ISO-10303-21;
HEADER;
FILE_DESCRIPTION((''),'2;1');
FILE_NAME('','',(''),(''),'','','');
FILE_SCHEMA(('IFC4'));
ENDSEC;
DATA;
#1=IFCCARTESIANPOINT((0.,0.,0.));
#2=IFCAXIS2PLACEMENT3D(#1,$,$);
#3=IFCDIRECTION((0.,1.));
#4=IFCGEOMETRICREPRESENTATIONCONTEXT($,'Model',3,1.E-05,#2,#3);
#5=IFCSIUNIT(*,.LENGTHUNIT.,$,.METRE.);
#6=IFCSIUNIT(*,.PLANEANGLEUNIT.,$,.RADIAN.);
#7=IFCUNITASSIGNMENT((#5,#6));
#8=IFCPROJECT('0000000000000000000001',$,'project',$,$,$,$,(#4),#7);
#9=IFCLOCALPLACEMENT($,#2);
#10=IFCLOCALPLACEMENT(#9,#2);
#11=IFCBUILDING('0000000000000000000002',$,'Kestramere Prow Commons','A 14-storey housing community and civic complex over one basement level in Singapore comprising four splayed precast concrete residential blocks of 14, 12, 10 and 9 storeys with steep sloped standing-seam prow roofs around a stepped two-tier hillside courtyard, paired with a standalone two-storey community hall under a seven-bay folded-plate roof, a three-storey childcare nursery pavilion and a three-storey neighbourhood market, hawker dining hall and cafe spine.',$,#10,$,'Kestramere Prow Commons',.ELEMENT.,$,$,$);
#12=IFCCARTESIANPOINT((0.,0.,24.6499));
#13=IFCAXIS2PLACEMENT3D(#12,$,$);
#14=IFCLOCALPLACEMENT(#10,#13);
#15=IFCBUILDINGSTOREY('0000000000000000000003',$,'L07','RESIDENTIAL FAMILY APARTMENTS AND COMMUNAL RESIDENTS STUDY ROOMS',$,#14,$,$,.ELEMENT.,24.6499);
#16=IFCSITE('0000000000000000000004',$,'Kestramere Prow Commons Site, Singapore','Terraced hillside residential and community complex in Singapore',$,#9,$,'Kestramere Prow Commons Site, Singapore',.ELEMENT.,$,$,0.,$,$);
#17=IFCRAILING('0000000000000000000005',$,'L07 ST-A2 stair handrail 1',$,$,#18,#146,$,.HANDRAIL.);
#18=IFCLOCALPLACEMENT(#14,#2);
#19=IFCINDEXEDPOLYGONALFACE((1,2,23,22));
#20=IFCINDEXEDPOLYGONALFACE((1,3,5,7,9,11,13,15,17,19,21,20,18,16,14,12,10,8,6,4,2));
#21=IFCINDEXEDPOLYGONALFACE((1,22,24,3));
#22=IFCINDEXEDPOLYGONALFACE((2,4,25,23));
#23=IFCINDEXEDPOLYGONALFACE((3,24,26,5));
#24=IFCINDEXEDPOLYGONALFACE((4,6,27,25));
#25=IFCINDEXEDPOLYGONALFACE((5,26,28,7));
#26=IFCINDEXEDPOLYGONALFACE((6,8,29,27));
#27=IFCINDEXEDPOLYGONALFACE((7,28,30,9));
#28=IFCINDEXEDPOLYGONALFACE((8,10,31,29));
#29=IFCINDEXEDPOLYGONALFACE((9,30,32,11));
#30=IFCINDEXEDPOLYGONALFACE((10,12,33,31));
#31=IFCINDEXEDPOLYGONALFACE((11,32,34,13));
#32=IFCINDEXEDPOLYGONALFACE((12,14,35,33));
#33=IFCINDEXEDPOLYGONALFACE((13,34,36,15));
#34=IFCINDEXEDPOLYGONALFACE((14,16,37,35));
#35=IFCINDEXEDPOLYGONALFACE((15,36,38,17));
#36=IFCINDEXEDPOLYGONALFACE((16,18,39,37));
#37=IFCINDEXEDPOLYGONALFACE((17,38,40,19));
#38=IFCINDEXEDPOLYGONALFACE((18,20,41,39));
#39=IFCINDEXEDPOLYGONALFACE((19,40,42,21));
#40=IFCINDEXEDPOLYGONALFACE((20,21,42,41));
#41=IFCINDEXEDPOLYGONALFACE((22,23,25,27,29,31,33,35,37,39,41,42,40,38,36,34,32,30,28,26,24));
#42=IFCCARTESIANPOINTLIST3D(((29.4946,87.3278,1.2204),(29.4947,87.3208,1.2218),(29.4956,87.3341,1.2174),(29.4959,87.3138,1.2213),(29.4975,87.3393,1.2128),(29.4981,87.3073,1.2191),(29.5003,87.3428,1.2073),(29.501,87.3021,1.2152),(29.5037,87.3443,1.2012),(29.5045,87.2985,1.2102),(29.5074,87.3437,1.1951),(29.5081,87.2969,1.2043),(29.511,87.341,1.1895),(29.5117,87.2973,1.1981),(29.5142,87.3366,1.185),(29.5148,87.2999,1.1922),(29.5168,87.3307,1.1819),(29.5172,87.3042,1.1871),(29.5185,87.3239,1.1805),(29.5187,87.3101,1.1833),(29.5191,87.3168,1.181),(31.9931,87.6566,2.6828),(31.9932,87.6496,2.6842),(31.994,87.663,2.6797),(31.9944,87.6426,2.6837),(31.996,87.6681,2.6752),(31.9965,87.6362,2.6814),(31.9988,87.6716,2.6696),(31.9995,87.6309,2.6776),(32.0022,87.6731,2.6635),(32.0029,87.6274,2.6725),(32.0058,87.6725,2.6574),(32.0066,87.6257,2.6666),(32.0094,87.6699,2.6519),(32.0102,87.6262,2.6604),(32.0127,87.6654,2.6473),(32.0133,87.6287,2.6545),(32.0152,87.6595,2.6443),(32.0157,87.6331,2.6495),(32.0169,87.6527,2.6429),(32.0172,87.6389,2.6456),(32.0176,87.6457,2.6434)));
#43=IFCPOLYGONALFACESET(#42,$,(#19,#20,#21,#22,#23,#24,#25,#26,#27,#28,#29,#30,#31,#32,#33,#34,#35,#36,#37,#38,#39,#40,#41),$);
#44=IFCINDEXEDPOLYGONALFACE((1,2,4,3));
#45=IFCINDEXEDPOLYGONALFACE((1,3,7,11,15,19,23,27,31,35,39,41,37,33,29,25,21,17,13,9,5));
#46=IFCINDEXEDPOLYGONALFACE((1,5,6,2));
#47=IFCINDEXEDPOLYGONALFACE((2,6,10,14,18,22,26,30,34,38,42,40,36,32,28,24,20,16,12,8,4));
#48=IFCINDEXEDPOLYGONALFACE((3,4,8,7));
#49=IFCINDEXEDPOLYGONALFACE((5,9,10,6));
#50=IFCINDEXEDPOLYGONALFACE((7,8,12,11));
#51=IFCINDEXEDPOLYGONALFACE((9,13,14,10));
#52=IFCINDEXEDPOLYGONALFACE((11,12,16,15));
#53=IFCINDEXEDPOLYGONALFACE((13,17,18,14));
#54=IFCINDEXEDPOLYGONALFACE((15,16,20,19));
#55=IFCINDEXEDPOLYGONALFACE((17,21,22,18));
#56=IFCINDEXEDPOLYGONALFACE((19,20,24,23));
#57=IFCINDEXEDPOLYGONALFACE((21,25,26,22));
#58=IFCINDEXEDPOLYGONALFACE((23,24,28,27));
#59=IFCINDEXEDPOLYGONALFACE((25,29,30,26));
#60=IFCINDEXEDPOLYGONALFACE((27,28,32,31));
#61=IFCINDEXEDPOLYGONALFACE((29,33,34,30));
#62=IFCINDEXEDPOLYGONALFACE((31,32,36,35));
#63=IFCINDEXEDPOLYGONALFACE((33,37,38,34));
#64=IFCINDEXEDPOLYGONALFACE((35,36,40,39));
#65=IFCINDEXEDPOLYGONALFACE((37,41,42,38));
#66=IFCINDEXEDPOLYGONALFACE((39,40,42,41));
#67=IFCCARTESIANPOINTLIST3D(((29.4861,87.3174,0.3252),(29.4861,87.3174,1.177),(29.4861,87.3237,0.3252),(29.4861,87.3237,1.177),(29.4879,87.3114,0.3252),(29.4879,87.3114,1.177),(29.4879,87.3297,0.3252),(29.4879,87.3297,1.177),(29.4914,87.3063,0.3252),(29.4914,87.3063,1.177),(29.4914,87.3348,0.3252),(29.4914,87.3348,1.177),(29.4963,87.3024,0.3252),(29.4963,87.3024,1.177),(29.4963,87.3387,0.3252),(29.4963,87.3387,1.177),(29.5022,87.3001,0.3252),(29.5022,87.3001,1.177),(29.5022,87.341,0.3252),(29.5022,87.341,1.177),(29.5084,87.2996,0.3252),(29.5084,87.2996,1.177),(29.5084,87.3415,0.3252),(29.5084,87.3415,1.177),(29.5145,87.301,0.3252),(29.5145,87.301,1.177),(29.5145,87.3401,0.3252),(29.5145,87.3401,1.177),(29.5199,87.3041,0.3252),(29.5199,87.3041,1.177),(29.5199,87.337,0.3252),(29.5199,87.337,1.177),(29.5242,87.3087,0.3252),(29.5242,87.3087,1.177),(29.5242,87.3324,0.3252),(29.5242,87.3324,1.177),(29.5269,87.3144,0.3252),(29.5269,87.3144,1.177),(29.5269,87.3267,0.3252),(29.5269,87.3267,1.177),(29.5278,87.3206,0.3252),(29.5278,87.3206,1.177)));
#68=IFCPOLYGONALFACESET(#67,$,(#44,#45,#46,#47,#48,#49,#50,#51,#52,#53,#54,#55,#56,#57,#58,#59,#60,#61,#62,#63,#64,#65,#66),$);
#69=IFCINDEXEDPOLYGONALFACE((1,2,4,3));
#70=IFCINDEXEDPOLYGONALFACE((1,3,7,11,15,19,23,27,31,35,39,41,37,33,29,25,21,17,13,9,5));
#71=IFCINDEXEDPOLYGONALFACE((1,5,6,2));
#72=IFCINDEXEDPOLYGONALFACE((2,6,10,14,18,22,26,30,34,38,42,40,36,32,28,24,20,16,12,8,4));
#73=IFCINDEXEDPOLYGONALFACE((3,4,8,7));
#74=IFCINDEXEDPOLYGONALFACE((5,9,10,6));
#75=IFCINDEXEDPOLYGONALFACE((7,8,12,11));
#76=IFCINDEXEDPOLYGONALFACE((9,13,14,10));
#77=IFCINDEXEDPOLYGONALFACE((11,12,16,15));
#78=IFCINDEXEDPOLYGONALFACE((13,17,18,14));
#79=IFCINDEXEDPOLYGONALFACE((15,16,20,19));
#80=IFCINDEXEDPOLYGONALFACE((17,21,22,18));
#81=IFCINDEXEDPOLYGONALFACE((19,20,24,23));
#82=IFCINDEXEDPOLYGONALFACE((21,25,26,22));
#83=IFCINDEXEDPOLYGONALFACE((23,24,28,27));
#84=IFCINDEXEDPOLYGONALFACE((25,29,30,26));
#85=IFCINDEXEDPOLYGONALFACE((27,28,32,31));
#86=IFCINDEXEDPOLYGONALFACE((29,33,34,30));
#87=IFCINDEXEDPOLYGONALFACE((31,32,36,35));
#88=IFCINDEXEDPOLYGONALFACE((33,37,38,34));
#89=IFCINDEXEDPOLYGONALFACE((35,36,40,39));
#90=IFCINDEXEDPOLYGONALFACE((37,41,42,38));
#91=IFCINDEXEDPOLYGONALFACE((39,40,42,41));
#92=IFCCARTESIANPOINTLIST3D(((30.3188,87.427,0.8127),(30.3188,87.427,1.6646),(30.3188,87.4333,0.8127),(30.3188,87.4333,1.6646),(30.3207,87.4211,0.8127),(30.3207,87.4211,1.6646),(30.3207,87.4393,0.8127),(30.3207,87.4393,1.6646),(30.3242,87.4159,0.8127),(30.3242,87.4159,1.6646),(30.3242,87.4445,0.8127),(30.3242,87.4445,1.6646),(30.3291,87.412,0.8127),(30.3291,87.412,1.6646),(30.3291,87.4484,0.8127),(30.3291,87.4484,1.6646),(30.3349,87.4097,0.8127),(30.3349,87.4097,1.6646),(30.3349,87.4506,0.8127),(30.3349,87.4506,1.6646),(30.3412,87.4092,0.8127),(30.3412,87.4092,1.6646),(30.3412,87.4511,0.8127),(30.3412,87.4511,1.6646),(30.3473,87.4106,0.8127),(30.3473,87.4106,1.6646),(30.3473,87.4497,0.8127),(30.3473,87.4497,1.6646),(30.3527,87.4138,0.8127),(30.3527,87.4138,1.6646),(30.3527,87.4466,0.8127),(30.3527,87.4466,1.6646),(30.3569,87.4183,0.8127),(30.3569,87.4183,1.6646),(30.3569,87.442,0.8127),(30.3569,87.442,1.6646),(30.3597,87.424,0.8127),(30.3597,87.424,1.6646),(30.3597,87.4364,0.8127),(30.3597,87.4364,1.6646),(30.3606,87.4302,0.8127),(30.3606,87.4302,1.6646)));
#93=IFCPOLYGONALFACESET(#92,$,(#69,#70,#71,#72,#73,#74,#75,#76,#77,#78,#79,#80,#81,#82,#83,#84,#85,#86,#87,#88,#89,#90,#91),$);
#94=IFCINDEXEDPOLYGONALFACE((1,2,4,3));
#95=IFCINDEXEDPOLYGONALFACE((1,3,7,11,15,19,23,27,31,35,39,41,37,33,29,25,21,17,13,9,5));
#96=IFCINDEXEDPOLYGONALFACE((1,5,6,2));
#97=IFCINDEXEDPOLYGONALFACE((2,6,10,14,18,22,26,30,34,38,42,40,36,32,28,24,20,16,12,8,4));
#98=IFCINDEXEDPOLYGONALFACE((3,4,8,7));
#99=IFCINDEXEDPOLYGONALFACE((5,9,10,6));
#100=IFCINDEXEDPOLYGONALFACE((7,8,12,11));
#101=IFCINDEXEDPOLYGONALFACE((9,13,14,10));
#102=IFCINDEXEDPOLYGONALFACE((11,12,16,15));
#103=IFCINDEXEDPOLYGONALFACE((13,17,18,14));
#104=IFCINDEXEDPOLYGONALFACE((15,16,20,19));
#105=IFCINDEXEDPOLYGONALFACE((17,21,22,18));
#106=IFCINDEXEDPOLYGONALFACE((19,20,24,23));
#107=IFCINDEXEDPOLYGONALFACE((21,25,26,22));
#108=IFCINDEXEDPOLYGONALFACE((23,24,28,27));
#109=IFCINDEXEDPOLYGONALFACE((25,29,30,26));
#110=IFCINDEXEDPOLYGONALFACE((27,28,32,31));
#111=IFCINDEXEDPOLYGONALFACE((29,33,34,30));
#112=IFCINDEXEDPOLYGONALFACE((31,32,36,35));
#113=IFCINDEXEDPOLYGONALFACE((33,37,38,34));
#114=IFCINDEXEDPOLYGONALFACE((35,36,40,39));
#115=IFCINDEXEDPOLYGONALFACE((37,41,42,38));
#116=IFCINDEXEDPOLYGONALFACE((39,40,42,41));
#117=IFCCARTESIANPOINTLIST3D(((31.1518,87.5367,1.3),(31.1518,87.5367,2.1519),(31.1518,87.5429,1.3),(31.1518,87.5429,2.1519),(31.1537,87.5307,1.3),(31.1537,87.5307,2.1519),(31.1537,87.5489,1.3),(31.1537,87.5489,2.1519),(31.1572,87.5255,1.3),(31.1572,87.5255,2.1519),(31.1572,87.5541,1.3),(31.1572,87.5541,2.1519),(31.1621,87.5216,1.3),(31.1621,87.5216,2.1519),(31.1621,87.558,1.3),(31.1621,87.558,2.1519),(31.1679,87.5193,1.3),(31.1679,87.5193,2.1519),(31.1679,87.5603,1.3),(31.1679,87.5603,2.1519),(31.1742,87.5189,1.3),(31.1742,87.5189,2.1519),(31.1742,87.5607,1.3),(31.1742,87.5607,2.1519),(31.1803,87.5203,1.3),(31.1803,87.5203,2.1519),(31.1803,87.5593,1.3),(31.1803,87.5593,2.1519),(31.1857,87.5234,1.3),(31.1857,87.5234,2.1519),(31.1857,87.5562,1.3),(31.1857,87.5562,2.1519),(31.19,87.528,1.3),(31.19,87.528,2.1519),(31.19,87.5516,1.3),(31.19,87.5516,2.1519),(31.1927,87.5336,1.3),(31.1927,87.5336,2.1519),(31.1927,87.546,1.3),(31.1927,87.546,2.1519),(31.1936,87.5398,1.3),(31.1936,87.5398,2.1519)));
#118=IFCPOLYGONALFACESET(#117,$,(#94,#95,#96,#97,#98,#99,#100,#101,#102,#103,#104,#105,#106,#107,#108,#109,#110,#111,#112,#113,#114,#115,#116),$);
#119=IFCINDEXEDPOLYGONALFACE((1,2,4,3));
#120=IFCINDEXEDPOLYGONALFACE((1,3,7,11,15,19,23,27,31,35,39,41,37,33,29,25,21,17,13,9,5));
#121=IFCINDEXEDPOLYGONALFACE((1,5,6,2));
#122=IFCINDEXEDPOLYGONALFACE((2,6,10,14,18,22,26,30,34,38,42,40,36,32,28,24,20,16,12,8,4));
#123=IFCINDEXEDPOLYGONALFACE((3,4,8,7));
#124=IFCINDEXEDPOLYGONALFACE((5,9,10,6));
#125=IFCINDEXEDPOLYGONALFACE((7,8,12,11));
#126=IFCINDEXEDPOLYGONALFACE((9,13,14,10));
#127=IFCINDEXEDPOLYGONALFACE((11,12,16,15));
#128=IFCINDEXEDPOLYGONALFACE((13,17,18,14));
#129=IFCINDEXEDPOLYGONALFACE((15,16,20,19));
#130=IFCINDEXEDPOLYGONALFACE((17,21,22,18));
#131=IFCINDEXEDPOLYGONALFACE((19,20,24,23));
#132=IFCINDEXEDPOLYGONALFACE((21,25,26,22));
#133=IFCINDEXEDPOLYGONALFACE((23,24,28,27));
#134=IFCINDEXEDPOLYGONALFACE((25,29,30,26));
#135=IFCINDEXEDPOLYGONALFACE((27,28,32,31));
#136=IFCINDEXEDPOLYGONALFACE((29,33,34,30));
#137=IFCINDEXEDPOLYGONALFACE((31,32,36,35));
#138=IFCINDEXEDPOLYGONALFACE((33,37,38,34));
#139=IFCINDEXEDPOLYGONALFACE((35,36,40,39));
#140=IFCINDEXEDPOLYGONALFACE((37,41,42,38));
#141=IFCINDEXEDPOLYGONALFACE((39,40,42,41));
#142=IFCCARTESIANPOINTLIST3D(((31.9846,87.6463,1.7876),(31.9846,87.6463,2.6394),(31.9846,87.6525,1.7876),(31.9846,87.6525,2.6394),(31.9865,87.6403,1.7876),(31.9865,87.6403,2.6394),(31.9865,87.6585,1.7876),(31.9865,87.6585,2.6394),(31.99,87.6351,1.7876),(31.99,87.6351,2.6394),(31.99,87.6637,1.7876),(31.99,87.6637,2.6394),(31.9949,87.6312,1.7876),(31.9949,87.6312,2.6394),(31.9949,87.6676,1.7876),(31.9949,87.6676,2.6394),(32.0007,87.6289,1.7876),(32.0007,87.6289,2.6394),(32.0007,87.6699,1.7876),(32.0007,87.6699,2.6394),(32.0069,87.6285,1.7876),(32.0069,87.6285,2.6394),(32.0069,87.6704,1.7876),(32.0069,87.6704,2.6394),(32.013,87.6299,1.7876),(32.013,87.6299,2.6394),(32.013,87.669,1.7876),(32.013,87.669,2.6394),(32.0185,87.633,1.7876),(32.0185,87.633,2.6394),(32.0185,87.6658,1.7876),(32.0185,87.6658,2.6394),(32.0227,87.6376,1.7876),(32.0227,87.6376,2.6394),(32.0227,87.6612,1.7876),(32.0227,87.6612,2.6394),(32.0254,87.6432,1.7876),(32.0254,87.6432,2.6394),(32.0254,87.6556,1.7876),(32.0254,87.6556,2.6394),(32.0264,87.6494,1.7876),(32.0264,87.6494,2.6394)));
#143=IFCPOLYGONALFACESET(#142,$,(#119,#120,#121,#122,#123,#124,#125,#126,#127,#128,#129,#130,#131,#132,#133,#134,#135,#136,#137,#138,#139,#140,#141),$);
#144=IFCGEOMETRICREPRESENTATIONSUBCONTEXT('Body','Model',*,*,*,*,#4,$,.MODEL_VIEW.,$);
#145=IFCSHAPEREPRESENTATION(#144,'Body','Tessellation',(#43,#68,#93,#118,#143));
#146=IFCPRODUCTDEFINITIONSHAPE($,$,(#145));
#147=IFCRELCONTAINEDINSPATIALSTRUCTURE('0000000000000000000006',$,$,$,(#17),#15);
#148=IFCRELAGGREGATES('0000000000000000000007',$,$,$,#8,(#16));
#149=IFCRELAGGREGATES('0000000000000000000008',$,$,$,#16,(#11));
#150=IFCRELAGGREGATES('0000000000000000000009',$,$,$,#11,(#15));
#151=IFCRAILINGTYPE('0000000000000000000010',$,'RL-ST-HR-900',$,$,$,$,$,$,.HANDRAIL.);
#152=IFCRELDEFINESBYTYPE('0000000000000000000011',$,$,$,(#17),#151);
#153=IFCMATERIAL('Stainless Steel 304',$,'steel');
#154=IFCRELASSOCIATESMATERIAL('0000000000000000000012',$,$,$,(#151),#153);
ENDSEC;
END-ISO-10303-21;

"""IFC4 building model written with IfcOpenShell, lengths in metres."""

from ifc_helpers import new_model, si_unit, direction, frame, origin, origin_2d, place, context, subcontext, project, spatial, circle, extrude, material, type_object, element, save


model = new_model("IFC4")

# Units and contexts
model_context = context("Model", 3, precision=1e-05, world=origin(), true_north=direction((0.0, 1.0)))
body_context = subcontext(model_context, "Body", "Model", "MODEL_VIEW")
ifc_project = project(units=[si_unit("LENGTHUNIT", "METRE"), si_unit("PLANEANGLEUNIT", "RADIAN")], contexts=[model_context])

# Site, building, storey
site_placement = place(None, origin())
site = spatial("IfcSite", under=ifc_project, at=site_placement, Name="Kestramere Prow Commons Site, Singapore", Description="Terraced hillside residential and community complex in Singapore", LongName="Kestramere Prow Commons Site, Singapore", CompositionType="ELEMENT", RefElevation=0.0)
building_placement = place(site_placement, origin())
building = spatial("IfcBuilding", under=site, at=building_placement, Name="Kestramere Prow Commons", Description="A 14-storey housing community and civic complex over one basement level in Singapore comprising four splayed precast concrete residential blocks of 14, 12, 10 and 9 storeys with steep sloped standing-seam prow roofs around a stepped two-tier hillside courtyard, paired with a standalone two-storey community hall under a seven-bay folded-plate roof, a three-storey childcare nursery pavilion and a three-storey neighbourhood market, hawker dining hall and cafe spine.", LongName="Kestramere Prow Commons", CompositionType="ELEMENT")
storey_placement = place(building_placement, frame((0.0, 0.0, 24.6499)))
storey = spatial("IfcBuildingStorey", under=building, at=storey_placement, Name="L07", Description="RESIDENTIAL FAMILY APARTMENTS AND COMMUNAL RESIDENTS STUDY ROOMS", CompositionType="ELEMENT", Elevation=24.6499)

# Railing
ifc_material_1 = material(Name="Stainless Steel 304", Category="steel")
railing_type_1 = type_object("IfcRailingType", Name="RL-ST-HR-900", PredefinedType="HANDRAIL", material=ifc_material_1)
railing_1_placement = place(storey_placement, frame((29.5068, 87.3206, 0.3252)))
element("IfcRailing", 1, at=railing_1_placement, inside=storey, type_object=railing_type_1, Name="L07 ST-A2 stair handrail 1", PredefinedType="HANDRAIL", context=body_context, shape_type="SweptSolid", body=[
    extrude(circle(Radius=0.0239, at=origin_2d()), frame((0.0, 0.0, 0.876), z_axis=(0.857523, 0.112867, 0.501912), x_axis=(-0.130495, 0.991449, 0.0)), (0.0, 0.0, 1.0), 2.9136),
    extrude(circle(Radius=0.021, at=origin_2d()), origin(), (0.0, 0.0, 1.0), 0.8518),
    extrude(circle(Radius=0.021, at=origin_2d()), frame((0.8328, 0.1096, 0.4875)), (0.0, 0.0, 1.0), 0.8518),
    extrude(circle(Radius=0.021, at=origin_2d()), frame((1.6658, 0.2192, 0.9749)), (0.0, 0.0, 1.0), 0.8518),
    extrude(circle(Radius=0.021, at=origin_2d()), frame((2.4985, 0.3289, 1.4624)), (0.0, 0.0, 1.0), 0.8518),
])

save(model, "model.ifc")
